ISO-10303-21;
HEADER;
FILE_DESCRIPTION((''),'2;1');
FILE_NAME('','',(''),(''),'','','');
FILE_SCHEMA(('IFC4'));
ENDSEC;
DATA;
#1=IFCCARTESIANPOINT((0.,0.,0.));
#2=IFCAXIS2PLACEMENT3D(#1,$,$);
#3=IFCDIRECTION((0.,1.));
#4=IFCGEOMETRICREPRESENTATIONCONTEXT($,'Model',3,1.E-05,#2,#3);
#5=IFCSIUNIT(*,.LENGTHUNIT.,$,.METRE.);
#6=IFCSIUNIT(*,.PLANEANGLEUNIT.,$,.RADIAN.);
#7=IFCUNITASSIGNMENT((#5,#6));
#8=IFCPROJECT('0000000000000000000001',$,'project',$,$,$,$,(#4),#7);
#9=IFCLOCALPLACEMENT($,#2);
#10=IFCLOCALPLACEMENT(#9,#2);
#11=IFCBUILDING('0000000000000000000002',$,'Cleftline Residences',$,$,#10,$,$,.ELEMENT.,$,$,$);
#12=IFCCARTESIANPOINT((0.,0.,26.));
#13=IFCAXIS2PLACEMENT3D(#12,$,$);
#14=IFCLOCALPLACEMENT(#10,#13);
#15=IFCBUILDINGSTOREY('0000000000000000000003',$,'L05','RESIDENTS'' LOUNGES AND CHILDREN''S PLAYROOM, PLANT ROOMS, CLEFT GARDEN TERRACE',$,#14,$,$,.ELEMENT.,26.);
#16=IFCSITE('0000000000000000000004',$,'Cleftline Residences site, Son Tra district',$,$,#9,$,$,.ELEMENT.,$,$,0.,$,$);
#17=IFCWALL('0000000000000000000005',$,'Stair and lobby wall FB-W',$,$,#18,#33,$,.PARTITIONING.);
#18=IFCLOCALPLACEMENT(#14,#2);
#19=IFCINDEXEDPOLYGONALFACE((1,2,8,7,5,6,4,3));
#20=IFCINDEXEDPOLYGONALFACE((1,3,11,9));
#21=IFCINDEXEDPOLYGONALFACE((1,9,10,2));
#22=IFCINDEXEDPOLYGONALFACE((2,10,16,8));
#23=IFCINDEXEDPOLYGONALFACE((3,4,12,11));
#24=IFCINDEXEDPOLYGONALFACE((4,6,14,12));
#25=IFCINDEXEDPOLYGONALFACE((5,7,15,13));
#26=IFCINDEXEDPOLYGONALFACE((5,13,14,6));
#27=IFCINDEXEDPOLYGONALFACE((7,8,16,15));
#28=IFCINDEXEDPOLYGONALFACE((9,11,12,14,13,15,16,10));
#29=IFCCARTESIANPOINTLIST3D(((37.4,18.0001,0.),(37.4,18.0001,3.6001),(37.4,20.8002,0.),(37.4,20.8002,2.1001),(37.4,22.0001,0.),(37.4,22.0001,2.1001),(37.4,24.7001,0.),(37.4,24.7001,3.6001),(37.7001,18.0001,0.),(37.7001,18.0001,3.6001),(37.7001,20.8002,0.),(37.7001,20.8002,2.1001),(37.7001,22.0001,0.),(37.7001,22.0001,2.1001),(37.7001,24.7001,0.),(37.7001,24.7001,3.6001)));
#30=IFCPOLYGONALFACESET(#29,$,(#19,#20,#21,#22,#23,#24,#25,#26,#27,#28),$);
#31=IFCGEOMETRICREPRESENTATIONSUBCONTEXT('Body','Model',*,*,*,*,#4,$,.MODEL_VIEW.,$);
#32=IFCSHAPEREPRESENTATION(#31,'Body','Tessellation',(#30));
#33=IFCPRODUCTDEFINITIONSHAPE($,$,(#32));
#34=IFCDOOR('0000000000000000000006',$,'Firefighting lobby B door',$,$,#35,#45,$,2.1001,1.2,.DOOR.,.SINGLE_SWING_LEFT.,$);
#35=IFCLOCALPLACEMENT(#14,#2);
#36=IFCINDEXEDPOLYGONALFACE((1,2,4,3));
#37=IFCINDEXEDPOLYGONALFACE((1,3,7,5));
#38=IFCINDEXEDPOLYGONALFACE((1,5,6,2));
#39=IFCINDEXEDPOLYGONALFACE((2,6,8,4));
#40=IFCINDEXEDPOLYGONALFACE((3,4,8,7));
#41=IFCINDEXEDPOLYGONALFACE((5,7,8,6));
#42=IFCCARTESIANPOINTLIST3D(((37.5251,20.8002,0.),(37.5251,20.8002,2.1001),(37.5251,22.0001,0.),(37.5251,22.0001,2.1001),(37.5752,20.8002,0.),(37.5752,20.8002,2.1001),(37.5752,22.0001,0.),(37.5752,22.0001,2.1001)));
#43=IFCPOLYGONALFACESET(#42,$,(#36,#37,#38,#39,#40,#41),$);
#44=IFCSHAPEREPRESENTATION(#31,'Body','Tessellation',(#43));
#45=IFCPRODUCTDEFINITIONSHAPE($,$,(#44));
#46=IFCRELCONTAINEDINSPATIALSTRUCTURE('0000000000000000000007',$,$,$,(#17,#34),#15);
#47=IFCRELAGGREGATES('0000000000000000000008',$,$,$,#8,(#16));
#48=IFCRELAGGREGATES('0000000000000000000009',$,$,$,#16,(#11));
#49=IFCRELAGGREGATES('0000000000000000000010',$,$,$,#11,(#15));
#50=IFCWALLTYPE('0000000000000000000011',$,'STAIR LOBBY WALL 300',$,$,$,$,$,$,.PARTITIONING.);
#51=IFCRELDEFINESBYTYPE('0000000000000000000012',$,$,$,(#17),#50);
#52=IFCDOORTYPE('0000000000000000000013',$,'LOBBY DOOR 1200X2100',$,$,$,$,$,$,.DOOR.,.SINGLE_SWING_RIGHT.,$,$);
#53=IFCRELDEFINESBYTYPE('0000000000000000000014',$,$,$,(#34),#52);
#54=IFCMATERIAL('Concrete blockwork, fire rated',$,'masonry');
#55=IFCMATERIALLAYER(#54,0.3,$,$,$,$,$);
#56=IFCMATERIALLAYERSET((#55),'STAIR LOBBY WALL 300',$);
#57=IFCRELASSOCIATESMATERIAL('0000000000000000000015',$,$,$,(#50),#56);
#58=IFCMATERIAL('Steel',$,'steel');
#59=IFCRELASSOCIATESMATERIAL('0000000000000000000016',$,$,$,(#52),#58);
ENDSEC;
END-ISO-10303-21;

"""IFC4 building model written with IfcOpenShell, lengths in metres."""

from ifc_helpers import new_model, si_unit, direction, frame, frame_2d, origin, place, context, subcontext, project, spatial, rectangle, extrude, material, layer, layer_set, type_object, element, fill, save


model = new_model("IFC4")

# Units and contexts
model_context = context("Model", 3, precision=1e-05, world=origin(), true_north=direction((0.0, 1.0)))
body_context = subcontext(model_context, "Body", "Model", "MODEL_VIEW")
ifc_project = project(units=[si_unit("LENGTHUNIT", "METRE"), si_unit("PLANEANGLEUNIT", "RADIAN")], contexts=[model_context])

# Site, building, storey
site_placement = place(None, origin())
site = spatial("IfcSite", under=ifc_project, at=site_placement, Name="Cleftline Residences site, Son Tra district", CompositionType="ELEMENT", RefElevation=0.0)
building_placement = place(site_placement, origin())
building = spatial("IfcBuilding", under=site, at=building_placement, Name="Cleftline Residences", CompositionType="ELEMENT")
storey_placement = place(building_placement, frame((0.0, 0.0, 26.0)))
storey = spatial("IfcBuildingStorey", under=building, at=storey_placement, Name="L05", Description="RESIDENTS' LOUNGES AND CHILDREN'S PLAYROOM, PLANT ROOMS, CLEFT GARDEN TERRACE", CompositionType="ELEMENT", Elevation=26.0)

# Wall, opening, door
ifc_material_1 = material(Name="Concrete blockwork, fire rated", Category="masonry")
ifc_layer_1 = layer(ifc_material_1, 0.3)
ifc_layer_set_1 = layer_set([ifc_layer_1], Name="STAIR LOBBY WALL 300")
wall_type_1 = type_object("IfcWallType", Name="STAIR LOBBY WALL 300", PredefinedType="PARTITIONING", material=ifc_layer_set_1)
ifc_material_2 = material(Name="Steel", Category="steel")
door_type_1 = type_object("IfcDoorType", Name="LOBBY DOOR 1200X2100", OperationType="SINGLE_SWING_RIGHT", PredefinedType="DOOR", material=ifc_material_2)
wall_1_placement = place(storey_placement, frame((37.55, 18.0, 0.0), z_axis=(0.0, 0.0, 1.0), x_axis=(0.0, 1.0, 0.0)))
wall_1 = element("IfcWall", 1, at=wall_1_placement, inside=storey, type_object=wall_type_1, Name="Stair and lobby wall FB-W", PredefinedType="PARTITIONING", context=body_context, shape_type="SweptSolid", body=[
    extrude(rectangle(XDim=6.7, YDim=0.3, at=frame_2d((3.3501, 0.0))), origin(), (0.0, 0.0, 1.0), 3.6001),
])
opening_1_placement = place(wall_1_placement, frame((2.8, 0.0, 0.0)))
opening_1 = element("IfcOpeningElement", 2, at=opening_1_placement, cuts=wall_1, PredefinedType="OPENING", context=body_context, shape_type="SweptSolid", body=[
    extrude(rectangle(XDim=1.2, YDim=2.1001, at=frame_2d((0.6001, 1.05))), frame((0.0, 0.1599, 0.0), z_axis=(0.0, -1.0, 0.0), x_axis=(1.0, 0.0, 0.0)), (0.0, 0.0, 1.0), 0.3201),
])
door_1_placement = place(opening_1_placement, origin())
door_1 = element("IfcDoor", 3, at=door_1_placement, inside=storey, type_object=door_type_1, Name="Firefighting lobby B door", OperationType="SINGLE_SWING_LEFT", OverallHeight=2.1001, OverallWidth=1.2, PredefinedType="DOOR", context=body_context, shape_type="SweptSolid", body=[
    extrude(rectangle(XDim=1.2, YDim=2.1001, at=frame_2d((0.6001, 1.05))), frame((0.0, 0.0249, 0.0), z_axis=(0.0, -1.0, 0.0), x_axis=(1.0, 0.0, 0.0)), (0.0, 0.0, 1.0), 0.05),
])
fill(opening_1, door_1)

save(model, "model.ifc")
